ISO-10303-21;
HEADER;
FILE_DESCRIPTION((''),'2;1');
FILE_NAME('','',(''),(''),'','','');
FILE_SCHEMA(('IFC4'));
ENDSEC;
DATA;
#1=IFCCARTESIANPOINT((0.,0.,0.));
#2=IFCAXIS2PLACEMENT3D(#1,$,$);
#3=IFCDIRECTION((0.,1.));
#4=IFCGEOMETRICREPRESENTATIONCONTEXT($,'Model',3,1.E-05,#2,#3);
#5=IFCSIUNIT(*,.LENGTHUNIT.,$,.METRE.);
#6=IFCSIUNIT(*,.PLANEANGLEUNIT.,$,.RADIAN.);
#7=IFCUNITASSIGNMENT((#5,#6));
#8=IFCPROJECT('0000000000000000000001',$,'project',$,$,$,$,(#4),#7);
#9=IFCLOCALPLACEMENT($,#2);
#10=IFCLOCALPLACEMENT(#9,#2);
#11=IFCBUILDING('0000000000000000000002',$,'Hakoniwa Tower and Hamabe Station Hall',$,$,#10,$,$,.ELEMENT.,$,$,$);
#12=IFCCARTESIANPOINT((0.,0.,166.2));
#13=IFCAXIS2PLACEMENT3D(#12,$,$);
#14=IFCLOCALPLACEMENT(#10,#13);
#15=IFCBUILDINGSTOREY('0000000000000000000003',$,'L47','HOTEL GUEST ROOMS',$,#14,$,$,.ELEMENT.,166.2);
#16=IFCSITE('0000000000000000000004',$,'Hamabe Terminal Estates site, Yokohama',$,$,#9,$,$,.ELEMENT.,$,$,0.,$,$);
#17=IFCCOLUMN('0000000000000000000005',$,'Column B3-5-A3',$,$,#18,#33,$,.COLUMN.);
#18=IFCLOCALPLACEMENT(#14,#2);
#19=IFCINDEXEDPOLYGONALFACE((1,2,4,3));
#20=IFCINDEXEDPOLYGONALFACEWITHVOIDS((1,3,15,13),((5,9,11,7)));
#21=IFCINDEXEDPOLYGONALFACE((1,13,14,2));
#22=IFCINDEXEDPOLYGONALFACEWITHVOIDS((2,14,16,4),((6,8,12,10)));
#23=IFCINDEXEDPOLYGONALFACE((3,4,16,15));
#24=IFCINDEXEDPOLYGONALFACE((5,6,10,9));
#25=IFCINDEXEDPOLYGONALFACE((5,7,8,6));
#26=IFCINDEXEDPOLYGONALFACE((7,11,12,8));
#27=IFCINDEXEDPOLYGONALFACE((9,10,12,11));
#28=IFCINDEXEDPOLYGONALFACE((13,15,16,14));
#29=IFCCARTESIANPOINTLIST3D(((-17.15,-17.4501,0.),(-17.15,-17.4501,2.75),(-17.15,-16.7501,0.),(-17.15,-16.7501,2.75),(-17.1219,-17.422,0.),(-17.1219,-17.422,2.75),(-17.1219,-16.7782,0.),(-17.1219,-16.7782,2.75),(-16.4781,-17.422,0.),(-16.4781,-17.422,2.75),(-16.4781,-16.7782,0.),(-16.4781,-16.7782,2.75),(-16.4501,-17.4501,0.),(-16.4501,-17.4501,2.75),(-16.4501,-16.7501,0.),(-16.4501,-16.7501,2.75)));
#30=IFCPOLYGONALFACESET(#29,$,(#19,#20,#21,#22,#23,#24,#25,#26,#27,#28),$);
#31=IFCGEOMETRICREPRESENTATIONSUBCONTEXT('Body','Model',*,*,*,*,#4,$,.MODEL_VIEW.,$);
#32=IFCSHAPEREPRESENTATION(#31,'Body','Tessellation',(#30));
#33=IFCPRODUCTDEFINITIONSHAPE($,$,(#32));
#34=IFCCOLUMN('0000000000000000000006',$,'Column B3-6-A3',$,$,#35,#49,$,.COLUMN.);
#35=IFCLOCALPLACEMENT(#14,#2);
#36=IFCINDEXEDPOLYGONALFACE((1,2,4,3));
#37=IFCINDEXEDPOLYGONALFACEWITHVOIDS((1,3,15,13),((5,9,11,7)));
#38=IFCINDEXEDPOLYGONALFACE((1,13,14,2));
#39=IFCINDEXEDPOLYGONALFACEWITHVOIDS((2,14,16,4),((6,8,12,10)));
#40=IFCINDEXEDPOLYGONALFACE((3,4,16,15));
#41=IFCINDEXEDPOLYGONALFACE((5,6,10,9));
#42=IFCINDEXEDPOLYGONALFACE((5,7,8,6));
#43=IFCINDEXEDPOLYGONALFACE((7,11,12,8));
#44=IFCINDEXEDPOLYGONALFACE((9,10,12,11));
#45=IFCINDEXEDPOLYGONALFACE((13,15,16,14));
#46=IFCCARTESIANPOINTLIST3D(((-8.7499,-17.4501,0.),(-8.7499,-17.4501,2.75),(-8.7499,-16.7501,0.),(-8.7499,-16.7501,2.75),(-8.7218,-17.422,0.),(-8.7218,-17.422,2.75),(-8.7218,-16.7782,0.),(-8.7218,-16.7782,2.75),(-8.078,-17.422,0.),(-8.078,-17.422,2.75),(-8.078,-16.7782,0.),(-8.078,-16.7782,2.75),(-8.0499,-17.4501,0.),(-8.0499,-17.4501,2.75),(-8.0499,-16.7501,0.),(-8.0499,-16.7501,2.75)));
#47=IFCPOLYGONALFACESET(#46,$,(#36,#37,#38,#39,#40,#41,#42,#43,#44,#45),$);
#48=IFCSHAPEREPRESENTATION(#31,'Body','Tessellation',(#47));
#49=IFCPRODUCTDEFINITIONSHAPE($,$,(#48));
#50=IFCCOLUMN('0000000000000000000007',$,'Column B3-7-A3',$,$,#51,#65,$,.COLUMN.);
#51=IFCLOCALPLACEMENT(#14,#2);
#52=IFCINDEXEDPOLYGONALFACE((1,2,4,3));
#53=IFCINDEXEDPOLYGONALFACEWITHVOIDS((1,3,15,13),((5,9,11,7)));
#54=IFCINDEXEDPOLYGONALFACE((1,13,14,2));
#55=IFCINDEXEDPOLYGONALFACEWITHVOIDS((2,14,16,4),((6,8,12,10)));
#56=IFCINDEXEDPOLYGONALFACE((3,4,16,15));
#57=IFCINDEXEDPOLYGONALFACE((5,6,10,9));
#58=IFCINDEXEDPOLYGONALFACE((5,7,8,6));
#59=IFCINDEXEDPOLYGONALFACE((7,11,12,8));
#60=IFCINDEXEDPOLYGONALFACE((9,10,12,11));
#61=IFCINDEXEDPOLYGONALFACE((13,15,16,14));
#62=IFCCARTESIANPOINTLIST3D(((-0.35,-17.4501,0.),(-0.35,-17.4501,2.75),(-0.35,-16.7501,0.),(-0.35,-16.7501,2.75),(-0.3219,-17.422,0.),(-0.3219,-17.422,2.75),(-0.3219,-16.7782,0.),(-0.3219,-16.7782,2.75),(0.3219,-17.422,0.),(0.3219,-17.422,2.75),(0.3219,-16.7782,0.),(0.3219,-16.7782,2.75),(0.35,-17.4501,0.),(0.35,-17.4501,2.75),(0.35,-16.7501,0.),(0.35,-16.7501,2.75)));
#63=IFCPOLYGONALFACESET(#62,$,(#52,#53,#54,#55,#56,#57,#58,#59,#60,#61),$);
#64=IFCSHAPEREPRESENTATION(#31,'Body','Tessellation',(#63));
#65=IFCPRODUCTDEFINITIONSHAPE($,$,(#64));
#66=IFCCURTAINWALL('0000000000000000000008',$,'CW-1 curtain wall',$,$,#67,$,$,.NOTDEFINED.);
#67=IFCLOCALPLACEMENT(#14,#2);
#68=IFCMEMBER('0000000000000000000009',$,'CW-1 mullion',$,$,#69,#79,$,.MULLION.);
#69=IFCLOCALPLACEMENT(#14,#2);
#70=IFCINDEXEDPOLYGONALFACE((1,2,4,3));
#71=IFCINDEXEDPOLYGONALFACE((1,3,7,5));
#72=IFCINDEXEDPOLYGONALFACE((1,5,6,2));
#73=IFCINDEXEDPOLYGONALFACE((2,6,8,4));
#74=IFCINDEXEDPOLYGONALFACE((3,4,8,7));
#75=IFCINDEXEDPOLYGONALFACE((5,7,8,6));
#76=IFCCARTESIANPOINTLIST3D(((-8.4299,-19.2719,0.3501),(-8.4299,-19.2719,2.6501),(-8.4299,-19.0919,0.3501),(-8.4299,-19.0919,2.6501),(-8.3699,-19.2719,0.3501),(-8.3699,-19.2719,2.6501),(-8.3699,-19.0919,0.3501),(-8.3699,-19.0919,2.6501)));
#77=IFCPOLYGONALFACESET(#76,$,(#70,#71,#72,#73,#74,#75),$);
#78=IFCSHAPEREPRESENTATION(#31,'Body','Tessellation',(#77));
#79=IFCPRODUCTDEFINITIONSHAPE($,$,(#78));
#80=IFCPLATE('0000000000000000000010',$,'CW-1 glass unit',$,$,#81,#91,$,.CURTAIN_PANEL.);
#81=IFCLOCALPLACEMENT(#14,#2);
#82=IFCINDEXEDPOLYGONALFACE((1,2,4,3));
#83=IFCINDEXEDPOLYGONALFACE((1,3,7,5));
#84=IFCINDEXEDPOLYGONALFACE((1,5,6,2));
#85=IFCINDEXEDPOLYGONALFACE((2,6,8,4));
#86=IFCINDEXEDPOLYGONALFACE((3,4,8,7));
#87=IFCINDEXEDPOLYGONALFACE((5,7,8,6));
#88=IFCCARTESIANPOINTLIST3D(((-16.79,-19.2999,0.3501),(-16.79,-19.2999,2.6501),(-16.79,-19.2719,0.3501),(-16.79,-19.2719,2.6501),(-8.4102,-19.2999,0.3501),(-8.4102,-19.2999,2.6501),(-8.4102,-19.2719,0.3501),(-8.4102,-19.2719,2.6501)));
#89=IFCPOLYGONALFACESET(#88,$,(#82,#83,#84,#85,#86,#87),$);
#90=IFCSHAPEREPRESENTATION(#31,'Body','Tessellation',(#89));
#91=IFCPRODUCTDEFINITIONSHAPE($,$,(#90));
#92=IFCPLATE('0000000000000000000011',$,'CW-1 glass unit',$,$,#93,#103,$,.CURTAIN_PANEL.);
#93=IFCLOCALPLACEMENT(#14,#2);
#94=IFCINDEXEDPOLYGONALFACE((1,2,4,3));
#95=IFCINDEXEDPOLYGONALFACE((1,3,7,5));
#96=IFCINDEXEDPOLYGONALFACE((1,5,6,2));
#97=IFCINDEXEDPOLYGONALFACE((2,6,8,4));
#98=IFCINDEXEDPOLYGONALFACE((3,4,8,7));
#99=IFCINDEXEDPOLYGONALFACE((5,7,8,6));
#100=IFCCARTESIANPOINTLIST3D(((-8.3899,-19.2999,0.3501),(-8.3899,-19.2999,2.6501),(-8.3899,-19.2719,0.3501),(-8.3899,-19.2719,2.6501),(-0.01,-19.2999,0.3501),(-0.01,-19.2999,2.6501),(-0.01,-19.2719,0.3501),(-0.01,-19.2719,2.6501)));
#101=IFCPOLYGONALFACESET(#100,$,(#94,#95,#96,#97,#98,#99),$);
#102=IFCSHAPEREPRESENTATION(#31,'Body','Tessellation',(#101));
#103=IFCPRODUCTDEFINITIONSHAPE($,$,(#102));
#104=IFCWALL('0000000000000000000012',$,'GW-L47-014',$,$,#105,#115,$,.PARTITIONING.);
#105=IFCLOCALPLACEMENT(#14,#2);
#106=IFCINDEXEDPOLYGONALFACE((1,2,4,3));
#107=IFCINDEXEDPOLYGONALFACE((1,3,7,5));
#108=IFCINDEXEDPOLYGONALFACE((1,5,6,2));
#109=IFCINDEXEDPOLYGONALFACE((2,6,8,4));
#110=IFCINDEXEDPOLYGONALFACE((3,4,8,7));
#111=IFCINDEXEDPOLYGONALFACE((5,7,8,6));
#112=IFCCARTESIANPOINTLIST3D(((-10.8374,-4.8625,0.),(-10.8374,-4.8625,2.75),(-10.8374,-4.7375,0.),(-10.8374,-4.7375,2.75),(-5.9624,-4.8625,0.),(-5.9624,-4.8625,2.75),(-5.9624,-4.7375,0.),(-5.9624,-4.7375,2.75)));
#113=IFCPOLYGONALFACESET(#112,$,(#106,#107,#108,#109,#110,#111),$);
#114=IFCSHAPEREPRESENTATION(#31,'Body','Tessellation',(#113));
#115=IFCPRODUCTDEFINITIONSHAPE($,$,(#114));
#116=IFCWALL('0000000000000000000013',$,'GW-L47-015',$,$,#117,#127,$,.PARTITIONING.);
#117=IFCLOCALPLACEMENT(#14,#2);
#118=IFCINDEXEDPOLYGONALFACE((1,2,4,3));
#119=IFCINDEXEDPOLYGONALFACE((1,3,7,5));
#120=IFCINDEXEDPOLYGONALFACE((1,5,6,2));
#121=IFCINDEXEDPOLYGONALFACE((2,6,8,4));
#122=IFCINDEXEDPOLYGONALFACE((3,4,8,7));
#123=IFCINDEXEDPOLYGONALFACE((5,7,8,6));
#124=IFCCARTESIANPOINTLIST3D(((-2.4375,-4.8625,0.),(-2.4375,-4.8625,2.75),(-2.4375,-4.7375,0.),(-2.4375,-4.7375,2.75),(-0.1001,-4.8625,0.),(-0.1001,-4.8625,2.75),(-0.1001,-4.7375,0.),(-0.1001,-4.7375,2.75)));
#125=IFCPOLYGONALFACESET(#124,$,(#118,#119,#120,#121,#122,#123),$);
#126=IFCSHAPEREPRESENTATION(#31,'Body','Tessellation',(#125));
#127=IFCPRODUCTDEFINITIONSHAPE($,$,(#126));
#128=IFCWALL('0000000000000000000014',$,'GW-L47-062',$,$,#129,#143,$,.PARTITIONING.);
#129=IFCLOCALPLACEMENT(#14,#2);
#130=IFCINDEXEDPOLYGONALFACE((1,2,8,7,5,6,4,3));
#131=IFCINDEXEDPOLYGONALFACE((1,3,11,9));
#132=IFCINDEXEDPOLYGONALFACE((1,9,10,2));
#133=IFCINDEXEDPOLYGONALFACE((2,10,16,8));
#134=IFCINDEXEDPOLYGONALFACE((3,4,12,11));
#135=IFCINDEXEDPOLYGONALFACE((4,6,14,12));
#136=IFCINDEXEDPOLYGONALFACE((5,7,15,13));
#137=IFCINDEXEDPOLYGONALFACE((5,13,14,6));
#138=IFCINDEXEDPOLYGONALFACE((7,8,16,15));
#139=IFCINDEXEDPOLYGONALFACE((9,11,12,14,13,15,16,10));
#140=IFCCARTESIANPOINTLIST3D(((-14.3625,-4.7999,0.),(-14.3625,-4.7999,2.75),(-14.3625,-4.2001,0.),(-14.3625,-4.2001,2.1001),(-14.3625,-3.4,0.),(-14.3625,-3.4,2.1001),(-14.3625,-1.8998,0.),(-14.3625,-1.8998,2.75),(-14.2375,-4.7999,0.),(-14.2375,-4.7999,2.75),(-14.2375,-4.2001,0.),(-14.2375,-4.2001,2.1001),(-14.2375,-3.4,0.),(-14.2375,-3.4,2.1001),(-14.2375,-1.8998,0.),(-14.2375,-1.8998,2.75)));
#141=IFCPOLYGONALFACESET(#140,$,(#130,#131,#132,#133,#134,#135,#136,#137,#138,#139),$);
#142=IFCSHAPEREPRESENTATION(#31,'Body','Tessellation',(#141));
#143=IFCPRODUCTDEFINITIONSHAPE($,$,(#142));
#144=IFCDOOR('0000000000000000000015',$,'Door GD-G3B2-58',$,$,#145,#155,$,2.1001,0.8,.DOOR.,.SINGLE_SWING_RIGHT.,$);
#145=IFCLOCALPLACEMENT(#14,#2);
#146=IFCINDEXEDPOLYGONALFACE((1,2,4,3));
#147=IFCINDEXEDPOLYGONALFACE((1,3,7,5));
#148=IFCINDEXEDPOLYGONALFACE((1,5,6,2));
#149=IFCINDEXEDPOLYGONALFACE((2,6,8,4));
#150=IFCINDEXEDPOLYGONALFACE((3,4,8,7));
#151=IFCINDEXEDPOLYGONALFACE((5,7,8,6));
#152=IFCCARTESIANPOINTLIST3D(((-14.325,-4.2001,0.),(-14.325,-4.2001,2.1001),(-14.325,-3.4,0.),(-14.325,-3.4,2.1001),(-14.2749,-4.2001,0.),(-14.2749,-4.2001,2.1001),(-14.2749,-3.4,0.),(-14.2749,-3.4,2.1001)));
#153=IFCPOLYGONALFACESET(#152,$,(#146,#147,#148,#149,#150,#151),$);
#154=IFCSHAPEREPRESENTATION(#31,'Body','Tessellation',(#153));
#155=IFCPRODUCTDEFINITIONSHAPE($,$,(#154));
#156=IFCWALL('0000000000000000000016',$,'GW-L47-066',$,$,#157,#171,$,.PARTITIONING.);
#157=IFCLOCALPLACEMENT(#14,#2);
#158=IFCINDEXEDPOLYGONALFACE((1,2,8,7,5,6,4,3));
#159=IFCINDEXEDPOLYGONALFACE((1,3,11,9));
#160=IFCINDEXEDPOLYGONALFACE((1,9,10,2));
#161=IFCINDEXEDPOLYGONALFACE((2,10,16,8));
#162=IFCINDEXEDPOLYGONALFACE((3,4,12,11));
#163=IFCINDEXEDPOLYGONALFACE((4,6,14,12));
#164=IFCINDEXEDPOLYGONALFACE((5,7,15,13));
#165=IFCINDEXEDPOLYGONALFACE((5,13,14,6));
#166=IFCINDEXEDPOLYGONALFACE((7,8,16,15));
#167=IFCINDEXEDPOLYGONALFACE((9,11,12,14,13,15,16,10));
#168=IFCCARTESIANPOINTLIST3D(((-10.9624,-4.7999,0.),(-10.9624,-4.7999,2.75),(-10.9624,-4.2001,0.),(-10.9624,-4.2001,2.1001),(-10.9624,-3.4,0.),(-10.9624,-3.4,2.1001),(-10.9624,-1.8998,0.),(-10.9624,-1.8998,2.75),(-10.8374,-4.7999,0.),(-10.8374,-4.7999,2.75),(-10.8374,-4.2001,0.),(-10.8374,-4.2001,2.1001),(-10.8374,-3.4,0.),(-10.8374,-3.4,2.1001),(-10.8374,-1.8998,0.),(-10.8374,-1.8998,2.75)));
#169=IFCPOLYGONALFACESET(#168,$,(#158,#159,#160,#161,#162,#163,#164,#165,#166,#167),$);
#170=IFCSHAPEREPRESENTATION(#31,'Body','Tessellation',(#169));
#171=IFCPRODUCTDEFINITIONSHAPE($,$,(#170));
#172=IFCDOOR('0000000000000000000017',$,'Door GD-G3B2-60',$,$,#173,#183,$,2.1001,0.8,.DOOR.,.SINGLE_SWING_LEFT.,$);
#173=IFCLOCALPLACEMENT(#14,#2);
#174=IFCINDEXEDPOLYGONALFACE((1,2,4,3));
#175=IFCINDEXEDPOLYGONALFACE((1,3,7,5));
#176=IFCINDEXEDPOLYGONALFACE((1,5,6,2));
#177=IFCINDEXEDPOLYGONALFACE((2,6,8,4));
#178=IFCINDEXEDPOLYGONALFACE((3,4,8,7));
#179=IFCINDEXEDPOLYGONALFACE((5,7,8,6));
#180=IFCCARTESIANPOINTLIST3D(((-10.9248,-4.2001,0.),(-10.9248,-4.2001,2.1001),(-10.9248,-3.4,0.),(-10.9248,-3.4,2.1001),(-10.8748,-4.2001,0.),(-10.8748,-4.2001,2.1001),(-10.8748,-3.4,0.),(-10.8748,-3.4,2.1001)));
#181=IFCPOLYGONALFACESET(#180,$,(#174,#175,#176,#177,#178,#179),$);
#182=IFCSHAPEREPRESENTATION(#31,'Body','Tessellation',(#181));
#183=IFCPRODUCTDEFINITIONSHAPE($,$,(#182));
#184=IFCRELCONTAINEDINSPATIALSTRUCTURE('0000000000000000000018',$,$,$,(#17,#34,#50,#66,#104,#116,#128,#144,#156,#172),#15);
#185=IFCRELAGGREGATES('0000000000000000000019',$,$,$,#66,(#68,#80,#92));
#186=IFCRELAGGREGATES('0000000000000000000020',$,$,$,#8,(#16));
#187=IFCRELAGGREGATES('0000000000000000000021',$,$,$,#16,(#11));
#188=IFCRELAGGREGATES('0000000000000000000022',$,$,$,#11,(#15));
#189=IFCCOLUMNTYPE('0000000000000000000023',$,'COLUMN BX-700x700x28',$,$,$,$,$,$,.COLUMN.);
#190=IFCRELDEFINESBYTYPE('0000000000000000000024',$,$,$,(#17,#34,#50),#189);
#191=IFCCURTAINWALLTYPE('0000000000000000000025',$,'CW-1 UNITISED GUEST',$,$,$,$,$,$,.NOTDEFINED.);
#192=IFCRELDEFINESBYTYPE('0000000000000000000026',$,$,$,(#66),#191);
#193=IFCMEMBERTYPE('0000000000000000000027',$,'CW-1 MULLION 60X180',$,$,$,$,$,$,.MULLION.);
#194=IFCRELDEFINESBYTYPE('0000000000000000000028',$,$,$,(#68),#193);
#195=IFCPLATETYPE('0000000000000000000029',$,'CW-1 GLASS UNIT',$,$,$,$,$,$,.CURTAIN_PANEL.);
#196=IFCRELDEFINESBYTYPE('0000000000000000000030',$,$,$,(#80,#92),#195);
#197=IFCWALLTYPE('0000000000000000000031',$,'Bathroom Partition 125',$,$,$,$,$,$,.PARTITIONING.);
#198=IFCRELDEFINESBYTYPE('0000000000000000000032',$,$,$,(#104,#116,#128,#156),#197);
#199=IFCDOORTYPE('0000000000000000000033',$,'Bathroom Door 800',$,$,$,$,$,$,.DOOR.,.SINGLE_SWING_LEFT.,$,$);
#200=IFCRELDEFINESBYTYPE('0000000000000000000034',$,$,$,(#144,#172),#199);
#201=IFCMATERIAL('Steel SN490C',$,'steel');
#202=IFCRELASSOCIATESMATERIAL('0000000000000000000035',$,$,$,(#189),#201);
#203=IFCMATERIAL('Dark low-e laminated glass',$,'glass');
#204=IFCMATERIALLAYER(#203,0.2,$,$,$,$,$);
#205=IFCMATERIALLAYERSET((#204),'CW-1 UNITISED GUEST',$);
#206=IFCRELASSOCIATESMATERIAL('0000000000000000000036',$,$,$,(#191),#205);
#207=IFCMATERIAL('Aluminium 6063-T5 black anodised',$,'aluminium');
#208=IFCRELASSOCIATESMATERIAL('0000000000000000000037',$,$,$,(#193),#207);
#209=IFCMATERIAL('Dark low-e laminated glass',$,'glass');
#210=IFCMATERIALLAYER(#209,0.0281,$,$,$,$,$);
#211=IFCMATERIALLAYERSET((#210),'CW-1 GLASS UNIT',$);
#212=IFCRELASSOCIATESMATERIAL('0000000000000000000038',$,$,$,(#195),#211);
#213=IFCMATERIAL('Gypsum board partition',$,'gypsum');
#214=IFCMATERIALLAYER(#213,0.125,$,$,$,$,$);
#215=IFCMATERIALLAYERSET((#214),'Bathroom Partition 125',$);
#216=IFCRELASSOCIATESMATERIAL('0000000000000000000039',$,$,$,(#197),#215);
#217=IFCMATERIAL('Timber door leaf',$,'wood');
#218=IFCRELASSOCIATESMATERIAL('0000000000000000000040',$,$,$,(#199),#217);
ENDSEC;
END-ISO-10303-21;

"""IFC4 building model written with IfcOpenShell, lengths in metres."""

from ifc_helpers import new_model, si_unit, direction, frame, frame_2d, origin, origin_2d, place, context, subcontext, project, spatial, rectangle, hollow_rectangle, extrude, material, layer, layer_set, material_profile, profile_set, type_object, element, fill, aggregate, save


model = new_model("IFC4")

# Units and contexts
model_context = context("Model", 3, precision=1e-05, world=origin(), true_north=direction((0.0, 1.0)))
body_context = subcontext(model_context, "Body", "Model", "MODEL_VIEW")
ifc_project = project(units=[si_unit("LENGTHUNIT", "METRE"), si_unit("PLANEANGLEUNIT", "RADIAN")], contexts=[model_context])

# Site, building, storey
site_placement = place(None, origin())
site = spatial("IfcSite", under=ifc_project, at=site_placement, Name="Hamabe Terminal Estates site, Yokohama", CompositionType="ELEMENT", RefElevation=0.0)
building_placement = place(site_placement, origin())
building = spatial("IfcBuilding", under=site, at=building_placement, Name="Hakoniwa Tower and Hamabe Station Hall", CompositionType="ELEMENT")
storey_placement = place(building_placement, frame((0.0, 0.0, 166.2)))
storey = spatial("IfcBuildingStorey", under=building, at=storey_placement, Name="L47", Description="HOTEL GUEST ROOMS", CompositionType="ELEMENT", Elevation=166.2)

# Columns
ifc_material_1 = material(Name="Steel SN490C", Category="steel")
ifc_material_profile_1 = material_profile(ifc_material_1, hollow_rectangle(XDim=0.7, YDim=0.7, WallThickness=0.0281, at=origin_2d()), Name="BX-700x700x28")
ifc_profile_set_1 = profile_set([ifc_material_profile_1], Name="Steel SN490C")
column_type = type_object("IfcColumnType", Name="COLUMN BX-700x700x28", PredefinedType="COLUMN", material=ifc_profile_set_1)
for number, where, z_axis, x_axis, name in (
    (1, (-16.8, -17.1001, 0.0), (0.0, 0.0, 1.0), (1.0, 0.0, 0.0), "Column B3-5-A3"),
    (2, (-8.3999, -17.1001, 0.0), (0.0, 0.0, 1.0), (1.0, 0.0, 0.0), "Column B3-6-A3"),
    (3, (0.0, -17.1001, 0.0), (0.0, 0.0, 1.0), (1.0, 0.0, 0.0), "Column B3-7-A3"),
):
    element("IfcColumn", number, at=place(storey_placement, frame(where, z_axis=z_axis, x_axis=x_axis)), inside=storey, type_object=column_type, Name=name, PredefinedType="COLUMN", context=body_context, shape_type="SweptSolid", body=[
        extrude(hollow_rectangle(XDim=0.7, YDim=0.7, WallThickness=0.0281, at=origin_2d()), origin(), (0.0, 0.0, 1.0), 2.75),
    ])

# Curtain wall, member, plates
ifc_material_2 = material(Name="Dark low-e laminated glass", Category="glass")
ifc_layer_1 = layer(ifc_material_2, 0.2)
ifc_layer_set_1 = layer_set([ifc_layer_1], Name="CW-1 UNITISED GUEST")
curtain_wall_type = type_object("IfcCurtainWallType", Name="CW-1 UNITISED GUEST", PredefinedType="NOTDEFINED", material=ifc_layer_set_1)
curtain_wall_placement = place(storey_placement, origin())
curtain_wall = element("IfcCurtainWall", 4, at=curtain_wall_placement, inside=storey, type_object=curtain_wall_type, Name="CW-1 curtain wall", PredefinedType="NOTDEFINED")
ifc_material_3 = material(Name="Aluminium 6063-T5 black anodised", Category="aluminium")
ifc_material_profile_2 = material_profile(ifc_material_3, rectangle(XDim=0.0601, YDim=0.1799, at=origin_2d()), Name="CW-1 MULLION 60X180")
ifc_profile_set_2 = profile_set([ifc_material_profile_2], Name="Aluminium 6063-T5 black anodised")
member_type = type_object("IfcMemberType", Name="CW-1 MULLION 60X180", PredefinedType="MULLION", material=ifc_profile_set_2)
member_placement = place(storey_placement, frame((-8.3999, -19.1819, 0.3501), z_axis=(0.0, 0.0, 1.0), x_axis=(1.0, 0.0, 0.0)))
member = element("IfcMember", 5, at=member_placement, type_object=member_type, Name="CW-1 mullion", PredefinedType="MULLION", context=body_context, shape_type="SweptSolid", body=[
    extrude(rectangle(XDim=0.0601, YDim=0.1799, at=origin_2d()), origin(), (0.0, 0.0, 1.0), 2.3),
])
ifc_material_4 = material(Name="Dark low-e laminated glass", Category="glass")
ifc_layer_2 = layer(ifc_material_4, 0.0281)
ifc_layer_set_2 = layer_set([ifc_layer_2], Name="CW-1 GLASS UNIT")
plate_type = type_object("IfcPlateType", Name="CW-1 GLASS UNIT", PredefinedType="CURTAIN_PANEL", material=ifc_layer_set_2)
plate_1_placement = place(storey_placement, frame((-12.6001, -19.2859, 0.3501), z_axis=(0.0, 0.0, 1.0), x_axis=(1.0, 0.0, 0.0)))
plate_1 = element("IfcPlate", 6, at=plate_1_placement, type_object=plate_type, Name="CW-1 glass unit", PredefinedType="CURTAIN_PANEL", context=body_context, shape_type="SweptSolid", body=[
    extrude(rectangle(XDim=8.3799, YDim=0.0281, at=origin_2d()), origin(), (0.0, 0.0, 1.0), 2.3),
])
plate_2_placement = place(storey_placement, frame((-4.2, -19.2859, 0.3501), z_axis=(0.0, 0.0, 1.0), x_axis=(1.0, 0.0, 0.0)))
plate_2 = element("IfcPlate", 7, at=plate_2_placement, type_object=plate_type, Name="CW-1 glass unit", PredefinedType="CURTAIN_PANEL", context=body_context, shape_type="SweptSolid", body=[
    extrude(rectangle(XDim=8.3799, YDim=0.0281, at=origin_2d()), origin(), (0.0, 0.0, 1.0), 2.3),
])
aggregate(curtain_wall, [member, plate_1, plate_2])

# Walls
ifc_material_5 = material(Name="Gypsum board partition", Category="gypsum")
ifc_layer_3 = layer(ifc_material_5, 0.125)
ifc_layer_set_3 = layer_set([ifc_layer_3], Name="Bathroom Partition 125")
wall_type_1 = type_object("IfcWallType", Name="Bathroom Partition 125", PredefinedType="PARTITIONING", material=ifc_layer_set_3)
wall_1_placement = place(storey_placement, frame((-10.8374, -4.8, 0.0), z_axis=(0.0, 0.0, 1.0), x_axis=(1.0, 0.0, 0.0)))
element("IfcWall", 8, at=wall_1_placement, inside=storey, type_object=wall_type_1, Name="GW-L47-014", PredefinedType="PARTITIONING", context=body_context, shape_type="SweptSolid", body=[
    extrude(rectangle(XDim=4.875, YDim=0.125, at=frame_2d((2.4375, 0.0))), origin(), (0.0, 0.0, 1.0), 2.75),
])
wall_2_placement = place(storey_placement, frame((-2.4375, -4.8, 0.0), z_axis=(0.0, 0.0, 1.0), x_axis=(1.0, 0.0, 0.0)))
element("IfcWall", 9, at=wall_2_placement, inside=storey, type_object=wall_type_1, Name="GW-L47-015", PredefinedType="PARTITIONING", context=body_context, shape_type="SweptSolid", body=[
    extrude(rectangle(XDim=2.3374, YDim=0.125, at=frame_2d((1.1687, 0.0))), origin(), (0.0, 0.0, 1.0), 2.75),
])

# Walls, openings, doors
wall_3_placement = place(storey_placement, frame((-14.3, -4.8, 0.0), z_axis=(0.0, 0.0, 1.0), x_axis=(0.0, 1.0, 0.0)))
wall_3 = element("IfcWall", 10, at=wall_3_placement, inside=storey, type_object=wall_type_1, Name="GW-L47-062", PredefinedType="PARTITIONING", context=body_context, shape_type="SweptSolid", body=[
    extrude(rectangle(XDim=2.9001, YDim=0.125, at=frame_2d((1.4502, 0.0))), origin(), (0.0, 0.0, 1.0), 2.75),
])
opening_1_placement = place(wall_3_placement, frame((0.6001, 0.0, 0.0)))
opening_1 = element("IfcOpeningElement", 11, at=opening_1_placement, cuts=wall_3, PredefinedType="OPENING", context=body_context, shape_type="SweptSolid", body=[
    extrude(rectangle(XDim=0.8, YDim=2.1001, at=frame_2d((0.3999, 1.05))), frame((0.0, 0.0725, 0.0), z_axis=(0.0, -1.0, 0.0), x_axis=(1.0, 0.0, 0.0)), (0.0, 0.0, 1.0), 0.145),
])
ifc_material_6 = material(Name="Timber door leaf", Category="wood")
door_type = type_object("IfcDoorType", Name="Bathroom Door 800", OperationType="SINGLE_SWING_LEFT", PredefinedType="DOOR", material=ifc_material_6)
door_1_placement = place(opening_1_placement, origin())
door_1 = element("IfcDoor", 12, at=door_1_placement, inside=storey, type_object=door_type, Name="Door GD-G3B2-58", OperationType="SINGLE_SWING_RIGHT", OverallHeight=2.1001, OverallWidth=0.8, PredefinedType="DOOR", context=body_context, shape_type="SweptSolid", body=[
    extrude(rectangle(XDim=0.8, YDim=2.1001, at=frame_2d((0.3999, 1.05))), frame((0.0, 0.0249, 0.0), z_axis=(0.0, -1.0, 0.0), x_axis=(1.0, 0.0, 0.0)), (0.0, 0.0, 1.0), 0.05),
])
fill(opening_1, door_1)
wall_4_placement = place(storey_placement, frame((-10.8999, -4.8, 0.0), z_axis=(0.0, 0.0, 1.0), x_axis=(0.0, 1.0, 0.0)))
wall_4 = element("IfcWall", 13, at=wall_4_placement, inside=storey, type_object=wall_type_1, Name="GW-L47-066", PredefinedType="PARTITIONING", context=body_context, shape_type="SweptSolid", body=[
    extrude(rectangle(XDim=2.9001, YDim=0.125, at=frame_2d((1.4502, 0.0))), origin(), (0.0, 0.0, 1.0), 2.75),
])
opening_2_placement = place(wall_4_placement, frame((0.6001, 0.0, 0.0)))
opening_2 = element("IfcOpeningElement", 14, at=opening_2_placement, cuts=wall_4, PredefinedType="OPENING", context=body_context, shape_type="SweptSolid", body=[
    extrude(rectangle(XDim=0.8, YDim=2.1001, at=frame_2d((0.3999, 1.05))), frame((0.0, 0.0725, 0.0), z_axis=(0.0, -1.0, 0.0), x_axis=(1.0, 0.0, 0.0)), (0.0, 0.0, 1.0), 0.145),
])
door_2_placement = place(opening_2_placement, origin())
door_2 = element("IfcDoor", 15, at=door_2_placement, inside=storey, type_object=door_type, Name="Door GD-G3B2-60", OperationType="SINGLE_SWING_LEFT", OverallHeight=2.1001, OverallWidth=0.8, PredefinedType="DOOR", context=body_context, shape_type="SweptSolid", body=[
    extrude(rectangle(XDim=0.8, YDim=2.1001, at=frame_2d((0.3999, 1.05))), frame((0.0, 0.0249, 0.0), z_axis=(0.0, -1.0, 0.0), x_axis=(1.0, 0.0, 0.0)), (0.0, 0.0, 1.0), 0.05),
])
fill(opening_2, door_2)

save(model, "model.ifc")
